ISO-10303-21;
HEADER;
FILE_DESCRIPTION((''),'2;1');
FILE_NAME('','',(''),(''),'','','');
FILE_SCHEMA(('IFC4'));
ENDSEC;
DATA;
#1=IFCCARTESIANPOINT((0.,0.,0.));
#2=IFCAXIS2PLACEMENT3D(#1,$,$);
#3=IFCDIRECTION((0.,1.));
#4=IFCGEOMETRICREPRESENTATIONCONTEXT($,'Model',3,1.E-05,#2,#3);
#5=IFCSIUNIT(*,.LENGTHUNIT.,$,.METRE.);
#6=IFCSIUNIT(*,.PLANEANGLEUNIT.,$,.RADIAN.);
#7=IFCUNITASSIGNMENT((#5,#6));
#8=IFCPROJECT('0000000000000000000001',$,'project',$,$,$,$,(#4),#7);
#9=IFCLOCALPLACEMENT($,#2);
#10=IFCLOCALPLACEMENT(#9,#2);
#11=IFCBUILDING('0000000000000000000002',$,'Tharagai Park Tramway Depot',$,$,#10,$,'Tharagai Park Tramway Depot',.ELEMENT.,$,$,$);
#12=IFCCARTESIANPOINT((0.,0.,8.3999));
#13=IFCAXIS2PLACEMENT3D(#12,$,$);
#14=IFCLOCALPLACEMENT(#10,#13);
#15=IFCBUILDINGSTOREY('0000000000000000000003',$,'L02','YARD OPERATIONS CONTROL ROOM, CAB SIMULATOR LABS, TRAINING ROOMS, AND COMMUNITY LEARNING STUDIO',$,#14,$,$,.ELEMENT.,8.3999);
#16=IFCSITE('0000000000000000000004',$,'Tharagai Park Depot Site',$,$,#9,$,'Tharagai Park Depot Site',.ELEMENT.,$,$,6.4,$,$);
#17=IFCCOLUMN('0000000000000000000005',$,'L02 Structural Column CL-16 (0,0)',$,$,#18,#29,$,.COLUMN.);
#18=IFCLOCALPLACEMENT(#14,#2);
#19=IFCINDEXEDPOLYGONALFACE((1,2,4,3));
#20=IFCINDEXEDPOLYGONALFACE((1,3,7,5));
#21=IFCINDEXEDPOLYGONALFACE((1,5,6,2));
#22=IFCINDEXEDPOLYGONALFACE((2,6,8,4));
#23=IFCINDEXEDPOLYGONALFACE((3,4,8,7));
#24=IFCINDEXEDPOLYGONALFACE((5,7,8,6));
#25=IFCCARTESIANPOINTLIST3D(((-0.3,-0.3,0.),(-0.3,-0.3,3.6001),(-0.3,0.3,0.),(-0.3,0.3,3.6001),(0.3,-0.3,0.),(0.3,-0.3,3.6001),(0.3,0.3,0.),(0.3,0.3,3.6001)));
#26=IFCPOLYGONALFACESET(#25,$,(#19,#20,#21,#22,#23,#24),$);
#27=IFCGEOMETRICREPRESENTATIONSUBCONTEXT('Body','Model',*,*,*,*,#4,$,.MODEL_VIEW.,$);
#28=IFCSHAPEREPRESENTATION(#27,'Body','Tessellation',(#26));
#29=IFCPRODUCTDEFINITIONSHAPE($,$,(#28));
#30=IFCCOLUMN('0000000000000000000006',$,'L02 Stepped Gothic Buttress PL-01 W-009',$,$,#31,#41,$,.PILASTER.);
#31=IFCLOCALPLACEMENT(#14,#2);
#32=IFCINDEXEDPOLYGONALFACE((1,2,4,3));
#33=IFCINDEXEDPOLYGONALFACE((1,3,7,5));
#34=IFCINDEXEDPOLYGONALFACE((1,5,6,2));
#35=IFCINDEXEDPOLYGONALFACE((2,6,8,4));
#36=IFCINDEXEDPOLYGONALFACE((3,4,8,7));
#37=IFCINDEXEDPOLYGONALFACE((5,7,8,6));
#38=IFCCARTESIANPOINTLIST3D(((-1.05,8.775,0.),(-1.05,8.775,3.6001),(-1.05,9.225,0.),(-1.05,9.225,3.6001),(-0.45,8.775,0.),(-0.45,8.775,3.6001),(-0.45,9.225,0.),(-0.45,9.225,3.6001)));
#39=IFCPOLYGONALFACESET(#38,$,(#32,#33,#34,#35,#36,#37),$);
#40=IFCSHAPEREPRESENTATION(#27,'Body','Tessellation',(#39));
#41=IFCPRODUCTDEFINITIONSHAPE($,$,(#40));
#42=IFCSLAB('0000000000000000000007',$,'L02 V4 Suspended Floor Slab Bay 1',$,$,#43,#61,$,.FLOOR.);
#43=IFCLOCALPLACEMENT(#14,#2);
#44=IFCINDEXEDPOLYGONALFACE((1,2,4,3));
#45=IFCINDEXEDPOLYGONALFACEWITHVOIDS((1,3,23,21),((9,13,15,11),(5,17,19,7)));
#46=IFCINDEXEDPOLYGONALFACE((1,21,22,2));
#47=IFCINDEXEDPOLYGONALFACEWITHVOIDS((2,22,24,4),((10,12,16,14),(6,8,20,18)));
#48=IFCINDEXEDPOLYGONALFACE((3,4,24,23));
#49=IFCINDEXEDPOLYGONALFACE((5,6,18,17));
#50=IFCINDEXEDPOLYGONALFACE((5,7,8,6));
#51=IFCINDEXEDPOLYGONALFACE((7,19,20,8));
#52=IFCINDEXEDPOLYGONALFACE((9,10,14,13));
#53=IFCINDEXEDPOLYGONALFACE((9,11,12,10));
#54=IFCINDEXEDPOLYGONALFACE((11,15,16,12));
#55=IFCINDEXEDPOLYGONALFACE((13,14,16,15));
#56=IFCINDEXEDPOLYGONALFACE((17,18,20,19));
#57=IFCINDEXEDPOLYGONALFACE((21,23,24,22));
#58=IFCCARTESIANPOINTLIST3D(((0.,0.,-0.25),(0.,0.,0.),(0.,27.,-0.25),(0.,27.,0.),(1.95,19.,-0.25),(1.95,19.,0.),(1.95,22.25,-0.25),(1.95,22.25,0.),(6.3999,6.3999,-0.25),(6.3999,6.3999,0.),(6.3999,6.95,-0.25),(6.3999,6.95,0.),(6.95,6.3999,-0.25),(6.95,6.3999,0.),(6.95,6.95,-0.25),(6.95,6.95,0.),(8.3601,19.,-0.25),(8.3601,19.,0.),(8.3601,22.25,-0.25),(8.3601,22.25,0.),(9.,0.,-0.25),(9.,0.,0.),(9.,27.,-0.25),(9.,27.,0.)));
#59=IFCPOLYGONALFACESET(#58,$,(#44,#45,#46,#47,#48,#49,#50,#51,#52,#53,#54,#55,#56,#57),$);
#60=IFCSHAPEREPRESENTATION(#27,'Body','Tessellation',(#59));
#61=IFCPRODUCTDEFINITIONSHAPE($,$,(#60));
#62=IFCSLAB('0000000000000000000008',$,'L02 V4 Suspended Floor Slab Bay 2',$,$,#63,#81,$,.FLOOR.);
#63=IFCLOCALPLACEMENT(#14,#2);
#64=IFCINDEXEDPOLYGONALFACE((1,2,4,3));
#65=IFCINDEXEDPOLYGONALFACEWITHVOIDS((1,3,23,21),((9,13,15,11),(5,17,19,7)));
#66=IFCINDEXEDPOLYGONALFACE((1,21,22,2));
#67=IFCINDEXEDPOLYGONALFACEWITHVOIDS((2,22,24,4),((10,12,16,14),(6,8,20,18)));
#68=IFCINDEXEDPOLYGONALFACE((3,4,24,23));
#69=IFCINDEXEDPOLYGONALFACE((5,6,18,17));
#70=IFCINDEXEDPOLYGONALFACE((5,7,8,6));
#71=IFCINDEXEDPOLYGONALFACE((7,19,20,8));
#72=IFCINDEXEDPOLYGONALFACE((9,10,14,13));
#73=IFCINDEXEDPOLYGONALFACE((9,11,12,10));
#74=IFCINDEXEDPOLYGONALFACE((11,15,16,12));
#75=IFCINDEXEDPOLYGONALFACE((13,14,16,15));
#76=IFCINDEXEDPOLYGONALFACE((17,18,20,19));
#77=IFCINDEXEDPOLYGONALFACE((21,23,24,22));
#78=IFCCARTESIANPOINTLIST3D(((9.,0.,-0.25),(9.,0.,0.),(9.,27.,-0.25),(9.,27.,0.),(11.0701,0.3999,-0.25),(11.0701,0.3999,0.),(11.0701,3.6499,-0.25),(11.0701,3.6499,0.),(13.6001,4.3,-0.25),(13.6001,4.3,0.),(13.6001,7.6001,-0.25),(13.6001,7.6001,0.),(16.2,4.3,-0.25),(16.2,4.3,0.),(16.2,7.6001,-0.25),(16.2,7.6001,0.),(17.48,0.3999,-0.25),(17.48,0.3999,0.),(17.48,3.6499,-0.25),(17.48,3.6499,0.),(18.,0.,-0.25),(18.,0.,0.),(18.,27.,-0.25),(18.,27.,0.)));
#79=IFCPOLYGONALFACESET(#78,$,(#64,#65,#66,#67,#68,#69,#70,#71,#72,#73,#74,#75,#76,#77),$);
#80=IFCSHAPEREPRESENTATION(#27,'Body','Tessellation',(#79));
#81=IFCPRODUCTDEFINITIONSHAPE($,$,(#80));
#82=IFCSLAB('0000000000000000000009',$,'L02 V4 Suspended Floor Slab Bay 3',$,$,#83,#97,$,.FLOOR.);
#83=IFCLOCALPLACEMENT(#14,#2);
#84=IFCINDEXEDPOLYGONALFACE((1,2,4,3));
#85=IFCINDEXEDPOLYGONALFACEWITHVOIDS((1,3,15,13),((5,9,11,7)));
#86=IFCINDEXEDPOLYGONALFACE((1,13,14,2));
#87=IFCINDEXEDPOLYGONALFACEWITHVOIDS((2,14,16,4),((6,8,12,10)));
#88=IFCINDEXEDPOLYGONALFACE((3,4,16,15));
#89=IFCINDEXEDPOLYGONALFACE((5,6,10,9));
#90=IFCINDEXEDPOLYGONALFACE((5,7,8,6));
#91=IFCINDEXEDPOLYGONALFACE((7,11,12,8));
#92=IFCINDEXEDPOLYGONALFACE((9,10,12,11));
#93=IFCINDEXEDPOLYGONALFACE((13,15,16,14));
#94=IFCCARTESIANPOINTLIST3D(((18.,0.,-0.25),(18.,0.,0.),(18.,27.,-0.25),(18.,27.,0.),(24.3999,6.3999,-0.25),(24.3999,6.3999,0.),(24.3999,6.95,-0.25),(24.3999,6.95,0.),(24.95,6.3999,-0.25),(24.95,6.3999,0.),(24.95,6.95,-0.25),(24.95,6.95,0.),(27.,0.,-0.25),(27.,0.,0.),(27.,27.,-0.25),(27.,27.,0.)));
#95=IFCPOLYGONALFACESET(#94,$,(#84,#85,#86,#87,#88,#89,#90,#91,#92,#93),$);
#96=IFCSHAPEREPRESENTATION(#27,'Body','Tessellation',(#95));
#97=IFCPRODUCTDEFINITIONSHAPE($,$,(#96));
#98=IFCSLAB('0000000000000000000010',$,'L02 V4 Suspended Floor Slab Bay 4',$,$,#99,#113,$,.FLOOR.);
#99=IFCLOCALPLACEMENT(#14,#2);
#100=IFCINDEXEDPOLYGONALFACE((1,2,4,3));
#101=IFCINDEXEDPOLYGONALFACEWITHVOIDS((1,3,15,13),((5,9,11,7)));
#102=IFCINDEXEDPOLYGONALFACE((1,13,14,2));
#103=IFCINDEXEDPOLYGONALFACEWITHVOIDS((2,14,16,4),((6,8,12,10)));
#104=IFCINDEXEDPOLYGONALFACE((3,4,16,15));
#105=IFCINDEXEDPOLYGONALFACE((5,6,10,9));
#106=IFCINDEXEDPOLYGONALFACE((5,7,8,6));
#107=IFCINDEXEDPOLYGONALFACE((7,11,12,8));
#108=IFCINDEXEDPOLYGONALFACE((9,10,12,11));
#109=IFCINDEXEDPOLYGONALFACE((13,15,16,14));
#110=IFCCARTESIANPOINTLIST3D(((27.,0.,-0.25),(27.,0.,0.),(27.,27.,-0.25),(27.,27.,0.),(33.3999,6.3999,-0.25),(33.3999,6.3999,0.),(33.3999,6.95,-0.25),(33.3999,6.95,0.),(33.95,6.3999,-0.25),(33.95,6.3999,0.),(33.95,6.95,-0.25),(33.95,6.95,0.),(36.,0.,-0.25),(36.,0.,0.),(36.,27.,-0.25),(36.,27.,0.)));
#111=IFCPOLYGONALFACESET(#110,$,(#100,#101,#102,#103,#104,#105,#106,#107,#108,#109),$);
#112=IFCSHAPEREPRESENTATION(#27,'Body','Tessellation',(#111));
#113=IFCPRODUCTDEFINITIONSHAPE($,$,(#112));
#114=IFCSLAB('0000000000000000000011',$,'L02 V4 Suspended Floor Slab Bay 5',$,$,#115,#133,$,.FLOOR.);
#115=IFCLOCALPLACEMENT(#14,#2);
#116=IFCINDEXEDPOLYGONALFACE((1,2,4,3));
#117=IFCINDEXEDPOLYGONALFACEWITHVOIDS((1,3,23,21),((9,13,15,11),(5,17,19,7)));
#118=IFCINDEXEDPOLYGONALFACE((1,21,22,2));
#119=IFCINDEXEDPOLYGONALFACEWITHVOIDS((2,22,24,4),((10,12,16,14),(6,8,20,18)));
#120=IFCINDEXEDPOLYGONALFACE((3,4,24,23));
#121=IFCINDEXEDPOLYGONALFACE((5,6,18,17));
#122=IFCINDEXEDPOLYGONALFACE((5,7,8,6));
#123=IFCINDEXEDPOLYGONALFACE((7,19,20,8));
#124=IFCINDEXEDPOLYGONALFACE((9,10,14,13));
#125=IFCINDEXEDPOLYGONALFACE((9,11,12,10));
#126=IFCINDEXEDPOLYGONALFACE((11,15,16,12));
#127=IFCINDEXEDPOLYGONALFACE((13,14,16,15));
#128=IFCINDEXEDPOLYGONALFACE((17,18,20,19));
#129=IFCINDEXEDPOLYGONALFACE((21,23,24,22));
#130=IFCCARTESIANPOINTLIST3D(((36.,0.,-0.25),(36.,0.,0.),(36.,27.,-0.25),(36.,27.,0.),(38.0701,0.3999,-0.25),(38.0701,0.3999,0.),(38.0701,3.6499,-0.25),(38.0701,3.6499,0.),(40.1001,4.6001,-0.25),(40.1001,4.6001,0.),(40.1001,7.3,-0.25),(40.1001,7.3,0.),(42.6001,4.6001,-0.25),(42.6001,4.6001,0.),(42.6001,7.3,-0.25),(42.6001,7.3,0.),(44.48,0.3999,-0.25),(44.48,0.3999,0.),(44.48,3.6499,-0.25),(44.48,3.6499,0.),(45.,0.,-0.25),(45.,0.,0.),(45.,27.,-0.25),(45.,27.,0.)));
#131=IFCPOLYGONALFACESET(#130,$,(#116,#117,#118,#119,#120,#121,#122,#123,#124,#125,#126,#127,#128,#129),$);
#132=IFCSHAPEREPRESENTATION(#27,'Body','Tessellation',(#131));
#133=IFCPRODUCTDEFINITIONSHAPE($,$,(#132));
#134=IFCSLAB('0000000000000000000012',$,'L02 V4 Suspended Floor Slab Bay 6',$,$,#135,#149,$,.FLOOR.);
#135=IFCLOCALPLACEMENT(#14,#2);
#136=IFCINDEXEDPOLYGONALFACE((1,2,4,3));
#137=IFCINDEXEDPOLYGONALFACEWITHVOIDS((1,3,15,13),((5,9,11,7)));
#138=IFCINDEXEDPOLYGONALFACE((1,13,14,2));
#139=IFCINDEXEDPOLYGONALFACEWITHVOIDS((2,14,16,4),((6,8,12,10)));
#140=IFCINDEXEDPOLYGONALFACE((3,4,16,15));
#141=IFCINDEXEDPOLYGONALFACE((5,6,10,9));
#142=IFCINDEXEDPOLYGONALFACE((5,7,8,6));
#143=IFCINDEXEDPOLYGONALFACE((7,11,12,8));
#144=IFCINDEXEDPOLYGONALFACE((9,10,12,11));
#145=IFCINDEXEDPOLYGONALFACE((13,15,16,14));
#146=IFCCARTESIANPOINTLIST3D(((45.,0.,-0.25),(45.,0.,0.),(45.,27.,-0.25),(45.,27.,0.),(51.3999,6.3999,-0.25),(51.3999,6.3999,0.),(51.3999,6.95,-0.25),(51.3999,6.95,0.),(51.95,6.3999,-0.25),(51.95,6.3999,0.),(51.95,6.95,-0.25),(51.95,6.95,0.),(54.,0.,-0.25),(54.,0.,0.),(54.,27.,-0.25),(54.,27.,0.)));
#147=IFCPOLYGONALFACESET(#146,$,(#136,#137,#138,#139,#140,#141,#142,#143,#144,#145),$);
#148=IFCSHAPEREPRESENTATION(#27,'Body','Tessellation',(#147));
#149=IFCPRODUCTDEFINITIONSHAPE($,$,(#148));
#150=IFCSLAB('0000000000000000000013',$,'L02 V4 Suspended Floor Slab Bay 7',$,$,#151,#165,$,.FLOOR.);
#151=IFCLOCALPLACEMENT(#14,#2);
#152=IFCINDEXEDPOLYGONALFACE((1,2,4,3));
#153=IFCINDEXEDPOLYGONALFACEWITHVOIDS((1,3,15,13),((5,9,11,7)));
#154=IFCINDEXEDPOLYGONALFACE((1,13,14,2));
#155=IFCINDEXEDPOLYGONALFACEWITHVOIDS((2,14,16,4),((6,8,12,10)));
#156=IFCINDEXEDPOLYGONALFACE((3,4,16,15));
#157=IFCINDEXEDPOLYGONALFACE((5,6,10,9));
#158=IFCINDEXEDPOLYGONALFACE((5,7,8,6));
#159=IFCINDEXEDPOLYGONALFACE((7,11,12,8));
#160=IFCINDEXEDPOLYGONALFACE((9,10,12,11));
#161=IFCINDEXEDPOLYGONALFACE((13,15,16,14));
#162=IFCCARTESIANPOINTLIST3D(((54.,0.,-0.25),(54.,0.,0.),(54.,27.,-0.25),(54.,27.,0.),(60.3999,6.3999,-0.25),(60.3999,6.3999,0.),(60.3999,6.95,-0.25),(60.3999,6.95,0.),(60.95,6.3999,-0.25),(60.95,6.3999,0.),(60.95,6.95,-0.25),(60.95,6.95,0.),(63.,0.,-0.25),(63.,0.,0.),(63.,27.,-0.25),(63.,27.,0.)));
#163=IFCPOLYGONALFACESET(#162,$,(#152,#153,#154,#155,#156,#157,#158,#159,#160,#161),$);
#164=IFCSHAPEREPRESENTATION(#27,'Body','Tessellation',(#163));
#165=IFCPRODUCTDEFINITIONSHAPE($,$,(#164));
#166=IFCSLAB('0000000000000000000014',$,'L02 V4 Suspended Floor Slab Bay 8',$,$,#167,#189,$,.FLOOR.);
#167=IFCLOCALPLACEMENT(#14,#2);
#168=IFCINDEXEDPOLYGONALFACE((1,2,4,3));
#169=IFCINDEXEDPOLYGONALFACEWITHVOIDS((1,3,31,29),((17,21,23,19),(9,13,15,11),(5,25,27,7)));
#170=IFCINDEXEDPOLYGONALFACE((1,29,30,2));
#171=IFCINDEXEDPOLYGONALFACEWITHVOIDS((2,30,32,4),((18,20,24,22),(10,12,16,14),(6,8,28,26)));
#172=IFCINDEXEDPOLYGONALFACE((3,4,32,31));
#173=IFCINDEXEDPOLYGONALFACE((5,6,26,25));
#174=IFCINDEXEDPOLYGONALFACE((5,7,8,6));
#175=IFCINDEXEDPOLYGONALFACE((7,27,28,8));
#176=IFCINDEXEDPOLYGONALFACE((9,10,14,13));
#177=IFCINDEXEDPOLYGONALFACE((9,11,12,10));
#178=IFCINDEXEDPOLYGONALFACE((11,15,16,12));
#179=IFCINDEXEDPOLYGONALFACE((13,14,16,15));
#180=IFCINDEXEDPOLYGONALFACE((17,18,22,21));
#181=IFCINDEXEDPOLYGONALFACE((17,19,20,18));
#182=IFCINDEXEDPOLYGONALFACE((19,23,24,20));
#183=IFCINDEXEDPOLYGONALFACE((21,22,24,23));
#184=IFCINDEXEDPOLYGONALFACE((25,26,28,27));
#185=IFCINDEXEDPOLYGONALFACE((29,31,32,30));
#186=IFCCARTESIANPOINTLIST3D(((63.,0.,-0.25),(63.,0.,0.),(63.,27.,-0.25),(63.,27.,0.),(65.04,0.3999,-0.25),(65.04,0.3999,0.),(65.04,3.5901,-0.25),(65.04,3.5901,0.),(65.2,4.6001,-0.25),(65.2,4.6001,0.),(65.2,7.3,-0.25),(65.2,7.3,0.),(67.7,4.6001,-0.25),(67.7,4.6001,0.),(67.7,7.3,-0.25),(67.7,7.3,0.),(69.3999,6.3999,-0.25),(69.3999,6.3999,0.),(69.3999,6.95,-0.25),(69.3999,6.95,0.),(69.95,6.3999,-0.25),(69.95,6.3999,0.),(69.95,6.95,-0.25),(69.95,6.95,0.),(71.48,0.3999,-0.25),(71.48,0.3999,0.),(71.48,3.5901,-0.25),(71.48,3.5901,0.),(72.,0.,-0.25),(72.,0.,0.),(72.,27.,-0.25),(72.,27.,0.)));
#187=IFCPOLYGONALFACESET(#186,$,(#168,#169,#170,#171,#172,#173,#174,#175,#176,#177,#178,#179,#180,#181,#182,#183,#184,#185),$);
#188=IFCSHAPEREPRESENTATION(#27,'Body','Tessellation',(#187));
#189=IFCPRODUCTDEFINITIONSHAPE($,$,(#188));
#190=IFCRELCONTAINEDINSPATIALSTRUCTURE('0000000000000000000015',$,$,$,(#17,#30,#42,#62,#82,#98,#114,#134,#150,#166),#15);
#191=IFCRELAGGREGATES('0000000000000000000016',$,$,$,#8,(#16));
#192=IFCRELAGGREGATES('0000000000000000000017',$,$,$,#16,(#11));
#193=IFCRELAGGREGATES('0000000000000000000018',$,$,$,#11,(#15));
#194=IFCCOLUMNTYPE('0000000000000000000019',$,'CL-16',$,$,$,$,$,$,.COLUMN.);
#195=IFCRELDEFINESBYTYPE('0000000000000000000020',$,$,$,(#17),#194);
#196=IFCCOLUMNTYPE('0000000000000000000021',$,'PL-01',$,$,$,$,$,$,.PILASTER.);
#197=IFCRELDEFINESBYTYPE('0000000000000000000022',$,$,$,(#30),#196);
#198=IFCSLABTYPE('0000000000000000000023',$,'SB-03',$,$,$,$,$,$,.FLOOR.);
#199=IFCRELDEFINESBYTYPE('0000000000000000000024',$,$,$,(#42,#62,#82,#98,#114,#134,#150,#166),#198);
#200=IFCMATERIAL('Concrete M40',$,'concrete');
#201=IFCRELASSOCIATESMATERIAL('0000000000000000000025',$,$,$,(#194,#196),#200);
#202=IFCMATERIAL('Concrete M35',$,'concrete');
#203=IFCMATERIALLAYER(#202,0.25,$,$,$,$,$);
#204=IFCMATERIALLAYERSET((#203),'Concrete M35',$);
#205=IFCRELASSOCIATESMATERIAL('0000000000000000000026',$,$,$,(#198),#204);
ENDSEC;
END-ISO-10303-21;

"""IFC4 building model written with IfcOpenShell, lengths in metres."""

from ifc_helpers import new_model, si_unit, direction, frame, origin, origin_with_axes, origin_2d, place, context, subcontext, project, spatial, polyline, rectangle, outline, extrude, material, layer, layer_set, material_profile, profile_set, type_object, element, save


model = new_model("IFC4")

# Units and contexts
model_context = context("Model", 3, precision=1e-05, world=origin(), true_north=direction((0.0, 1.0)))
body_context = subcontext(model_context, "Body", "Model", "MODEL_VIEW")
ifc_project = project(units=[si_unit("LENGTHUNIT", "METRE"), si_unit("PLANEANGLEUNIT", "RADIAN")], contexts=[model_context])

# Site, building, storey
site_placement = place(None, origin())
site = spatial("IfcSite", under=ifc_project, at=site_placement, Name="Tharagai Park Depot Site", LongName="Tharagai Park Depot Site", CompositionType="ELEMENT", RefElevation=6.4)
building_placement = place(site_placement, origin())
building = spatial("IfcBuilding", under=site, at=building_placement, Name="Tharagai Park Tramway Depot", LongName="Tharagai Park Tramway Depot", CompositionType="ELEMENT")
storey_placement = place(building_placement, frame((0.0, 0.0, 8.3999)))
storey = spatial("IfcBuildingStorey", under=building, at=storey_placement, Name="L02", Description="YARD OPERATIONS CONTROL ROOM, CAB SIMULATOR LABS, TRAINING ROOMS, AND COMMUNITY LEARNING STUDIO", CompositionType="ELEMENT", Elevation=8.3999)

# Columns
ifc_material_1 = material(Name="Concrete M40", Category="concrete")
ifc_material_profile_1 = material_profile(ifc_material_1, rectangle(XDim=0.6001, YDim=0.6001, at=origin_2d()), Name="RC 600x600")
ifc_profile_set_1 = profile_set([ifc_material_profile_1], Name="Concrete M40")
column_type_1 = type_object("IfcColumnType", Name="CL-16", PredefinedType="COLUMN", material=ifc_profile_set_1)
column_1_placement = place(storey_placement, origin_with_axes())
element("IfcColumn", 1, at=column_1_placement, inside=storey, type_object=column_type_1, Name="L02 Structural Column CL-16 (0,0)", PredefinedType="COLUMN", context=body_context, shape_type="SweptSolid", body=[
    extrude(rectangle(XDim=0.6001, YDim=0.6001, at=origin_2d()), origin(), (0.0, 0.0, 1.0), 3.6001),
])
ifc_material_profile_2 = material_profile(ifc_material_1, rectangle(XDim=0.45, YDim=0.6001, at=origin_2d()), Name="RC 450x600")
ifc_profile_set_2 = profile_set([ifc_material_profile_2], Name="Concrete M40")
column_type_2 = type_object("IfcColumnType", Name="PL-01", PredefinedType="PILASTER", material=ifc_profile_set_2)
column_2_placement = place(storey_placement, frame((-0.75, 9.0, 0.0), z_axis=(0.0, 0.0, 1.0), x_axis=(0.0, 1.0, 0.0)))
element("IfcColumn", 2, at=column_2_placement, inside=storey, type_object=column_type_2, Name="L02 Stepped Gothic Buttress PL-01 W-009", PredefinedType="PILASTER", context=body_context, shape_type="SweptSolid", body=[
    extrude(rectangle(XDim=0.45, YDim=0.6001, at=origin_2d()), origin(), (0.0, 0.0, 1.0), 3.6001),
])

# Slabs
ifc_material_2 = material(Name="Concrete M35", Category="concrete")
ifc_layer_1 = layer(ifc_material_2, 0.25)
ifc_layer_set_1 = layer_set([ifc_layer_1], Name="Concrete M35")
slab_type_1 = type_object("IfcSlabType", Name="SB-03", PredefinedType="FLOOR", material=ifc_layer_set_1)
slab_1_placement = place(storey_placement, frame((0.0, 0.0, -0.25)))
element("IfcSlab", 3, at=slab_1_placement, inside=storey, type_object=slab_type_1, Name="L02 V4 Suspended Floor Slab Bay 1", PredefinedType="FLOOR", context=body_context, shape_type="SweptSolid", body=[
    extrude(outline(polyline([(0.0, 0.0), (9.0, 0.0), (9.0, 27.0), (0.0, 27.0), (0.0, 0.0)]), holes=[polyline([(1.95, 19.0), (8.3601, 19.0), (8.3601, 22.25), (1.95, 22.25), (1.95, 19.0)]), polyline([(6.3999, 6.3999), (6.95, 6.3999), (6.95, 6.95), (6.3999, 6.95), (6.3999, 6.3999)])]), origin(), (0.0, 0.0, 1.0), 0.25),
])
slab_2_placement = place(storey_placement, frame((0.0, 0.0, -0.25)))
element("IfcSlab", 4, at=slab_2_placement, inside=storey, type_object=slab_type_1, Name="L02 V4 Suspended Floor Slab Bay 2", PredefinedType="FLOOR", context=body_context, shape_type="SweptSolid", body=[
    extrude(outline(polyline([(9.0, 0.0), (18.0, 0.0), (18.0, 27.0), (9.0, 27.0), (9.0, 0.0)]), holes=[polyline([(11.0701, 0.3999), (17.48, 0.3999), (17.48, 3.6499), (11.0701, 3.6499), (11.0701, 0.3999)]), polyline([(13.6001, 4.3), (16.2, 4.3), (16.2, 7.6001), (13.6001, 7.6001), (13.6001, 4.3)])]), origin(), (0.0, 0.0, 1.0), 0.25),
])
slab_3_placement = place(storey_placement, frame((0.0, 0.0, -0.25)))
element("IfcSlab", 5, at=slab_3_placement, inside=storey, type_object=slab_type_1, Name="L02 V4 Suspended Floor Slab Bay 3", PredefinedType="FLOOR", context=body_context, shape_type="SweptSolid", body=[
    extrude(outline(polyline([(18.0, 0.0), (27.0, 0.0), (27.0, 27.0), (18.0, 27.0), (18.0, 0.0)]), holes=[polyline([(24.3999, 6.3999), (24.95, 6.3999), (24.95, 6.95), (24.3999, 6.95), (24.3999, 6.3999)])]), origin(), (0.0, 0.0, 1.0), 0.25),
])
slab_4_placement = place(storey_placement, frame((0.0, 0.0, -0.25)))
element("IfcSlab", 6, at=slab_4_placement, inside=storey, type_object=slab_type_1, Name="L02 V4 Suspended Floor Slab Bay 4", PredefinedType="FLOOR", context=body_context, shape_type="SweptSolid", body=[
    extrude(outline(polyline([(27.0, 0.0), (36.0, 0.0), (36.0, 27.0), (27.0, 27.0), (27.0, 0.0)]), holes=[polyline([(33.3999, 6.3999), (33.95, 6.3999), (33.95, 6.95), (33.3999, 6.95), (33.3999, 6.3999)])]), origin(), (0.0, 0.0, 1.0), 0.25),
])
slab_5_placement = place(storey_placement, frame((0.0, 0.0, -0.25)))
element("IfcSlab", 7, at=slab_5_placement, inside=storey, type_object=slab_type_1, Name="L02 V4 Suspended Floor Slab Bay 5", PredefinedType="FLOOR", context=body_context, shape_type="SweptSolid", body=[
    extrude(outline(polyline([(36.0, 0.0), (45.0, 0.0), (45.0, 27.0), (36.0, 27.0), (36.0, 0.0)]), holes=[polyline([(38.0701, 0.3999), (44.48, 0.3999), (44.48, 3.6499), (38.0701, 3.6499), (38.0701, 0.3999)]), polyline([(40.1001, 4.6001), (42.6001, 4.6001), (42.6001, 7.3), (40.1001, 7.3), (40.1001, 4.6001)])]), origin(), (0.0, 0.0, 1.0), 0.25),
])
slab_6_placement = place(storey_placement, frame((0.0, 0.0, -0.25)))
element("IfcSlab", 8, at=slab_6_placement, inside=storey, type_object=slab_type_1, Name="L02 V4 Suspended Floor Slab Bay 6", PredefinedType="FLOOR", context=body_context, shape_type="SweptSolid", body=[
    extrude(outline(polyline([(45.0, 0.0), (54.0, 0.0), (54.0, 27.0), (45.0, 27.0), (45.0, 0.0)]), holes=[polyline([(51.3999, 6.3999), (51.95, 6.3999), (51.95, 6.95), (51.3999, 6.95), (51.3999, 6.3999)])]), origin(), (0.0, 0.0, 1.0), 0.25),
])
slab_7_placement = place(storey_placement, frame((0.0, 0.0, -0.25)))
element("IfcSlab", 9, at=slab_7_placement, inside=storey, type_object=slab_type_1, Name="L02 V4 Suspended Floor Slab Bay 7", PredefinedType="FLOOR", context=body_context, shape_type="SweptSolid", body=[
    extrude(outline(polyline([(54.0, 0.0), (63.0, 0.0), (63.0, 27.0), (54.0, 27.0), (54.0, 0.0)]), holes=[polyline([(60.3999, 6.3999), (60.95, 6.3999), (60.95, 6.95), (60.3999, 6.95), (60.3999, 6.3999)])]), origin(), (0.0, 0.0, 1.0), 0.25),
])
slab_8_placement = place(storey_placement, frame((0.0, 0.0, -0.25)))
element("IfcSlab", 10, at=slab_8_placement, inside=storey, type_object=slab_type_1, Name="L02 V4 Suspended Floor Slab Bay 8", PredefinedType="FLOOR", context=body_context, shape_type="SweptSolid", body=[
    extrude(outline(polyline([(63.0, 0.0), (72.0, 0.0), (72.0, 27.0), (63.0, 27.0), (63.0, 0.0)]), holes=[polyline([(65.04, 0.3999), (71.48, 0.3999), (71.48, 3.5901), (65.04, 3.5901), (65.04, 0.3999)]), polyline([(65.2, 4.6001), (67.7, 4.6001), (67.7, 7.3), (65.2, 7.3), (65.2, 4.6001)]), polyline([(69.3999, 6.3999), (69.95, 6.3999), (69.95, 6.95), (69.3999, 6.95), (69.3999, 6.3999)])]), origin(), (0.0, 0.0, 1.0), 0.25),
])

save(model, "model.ifc")
